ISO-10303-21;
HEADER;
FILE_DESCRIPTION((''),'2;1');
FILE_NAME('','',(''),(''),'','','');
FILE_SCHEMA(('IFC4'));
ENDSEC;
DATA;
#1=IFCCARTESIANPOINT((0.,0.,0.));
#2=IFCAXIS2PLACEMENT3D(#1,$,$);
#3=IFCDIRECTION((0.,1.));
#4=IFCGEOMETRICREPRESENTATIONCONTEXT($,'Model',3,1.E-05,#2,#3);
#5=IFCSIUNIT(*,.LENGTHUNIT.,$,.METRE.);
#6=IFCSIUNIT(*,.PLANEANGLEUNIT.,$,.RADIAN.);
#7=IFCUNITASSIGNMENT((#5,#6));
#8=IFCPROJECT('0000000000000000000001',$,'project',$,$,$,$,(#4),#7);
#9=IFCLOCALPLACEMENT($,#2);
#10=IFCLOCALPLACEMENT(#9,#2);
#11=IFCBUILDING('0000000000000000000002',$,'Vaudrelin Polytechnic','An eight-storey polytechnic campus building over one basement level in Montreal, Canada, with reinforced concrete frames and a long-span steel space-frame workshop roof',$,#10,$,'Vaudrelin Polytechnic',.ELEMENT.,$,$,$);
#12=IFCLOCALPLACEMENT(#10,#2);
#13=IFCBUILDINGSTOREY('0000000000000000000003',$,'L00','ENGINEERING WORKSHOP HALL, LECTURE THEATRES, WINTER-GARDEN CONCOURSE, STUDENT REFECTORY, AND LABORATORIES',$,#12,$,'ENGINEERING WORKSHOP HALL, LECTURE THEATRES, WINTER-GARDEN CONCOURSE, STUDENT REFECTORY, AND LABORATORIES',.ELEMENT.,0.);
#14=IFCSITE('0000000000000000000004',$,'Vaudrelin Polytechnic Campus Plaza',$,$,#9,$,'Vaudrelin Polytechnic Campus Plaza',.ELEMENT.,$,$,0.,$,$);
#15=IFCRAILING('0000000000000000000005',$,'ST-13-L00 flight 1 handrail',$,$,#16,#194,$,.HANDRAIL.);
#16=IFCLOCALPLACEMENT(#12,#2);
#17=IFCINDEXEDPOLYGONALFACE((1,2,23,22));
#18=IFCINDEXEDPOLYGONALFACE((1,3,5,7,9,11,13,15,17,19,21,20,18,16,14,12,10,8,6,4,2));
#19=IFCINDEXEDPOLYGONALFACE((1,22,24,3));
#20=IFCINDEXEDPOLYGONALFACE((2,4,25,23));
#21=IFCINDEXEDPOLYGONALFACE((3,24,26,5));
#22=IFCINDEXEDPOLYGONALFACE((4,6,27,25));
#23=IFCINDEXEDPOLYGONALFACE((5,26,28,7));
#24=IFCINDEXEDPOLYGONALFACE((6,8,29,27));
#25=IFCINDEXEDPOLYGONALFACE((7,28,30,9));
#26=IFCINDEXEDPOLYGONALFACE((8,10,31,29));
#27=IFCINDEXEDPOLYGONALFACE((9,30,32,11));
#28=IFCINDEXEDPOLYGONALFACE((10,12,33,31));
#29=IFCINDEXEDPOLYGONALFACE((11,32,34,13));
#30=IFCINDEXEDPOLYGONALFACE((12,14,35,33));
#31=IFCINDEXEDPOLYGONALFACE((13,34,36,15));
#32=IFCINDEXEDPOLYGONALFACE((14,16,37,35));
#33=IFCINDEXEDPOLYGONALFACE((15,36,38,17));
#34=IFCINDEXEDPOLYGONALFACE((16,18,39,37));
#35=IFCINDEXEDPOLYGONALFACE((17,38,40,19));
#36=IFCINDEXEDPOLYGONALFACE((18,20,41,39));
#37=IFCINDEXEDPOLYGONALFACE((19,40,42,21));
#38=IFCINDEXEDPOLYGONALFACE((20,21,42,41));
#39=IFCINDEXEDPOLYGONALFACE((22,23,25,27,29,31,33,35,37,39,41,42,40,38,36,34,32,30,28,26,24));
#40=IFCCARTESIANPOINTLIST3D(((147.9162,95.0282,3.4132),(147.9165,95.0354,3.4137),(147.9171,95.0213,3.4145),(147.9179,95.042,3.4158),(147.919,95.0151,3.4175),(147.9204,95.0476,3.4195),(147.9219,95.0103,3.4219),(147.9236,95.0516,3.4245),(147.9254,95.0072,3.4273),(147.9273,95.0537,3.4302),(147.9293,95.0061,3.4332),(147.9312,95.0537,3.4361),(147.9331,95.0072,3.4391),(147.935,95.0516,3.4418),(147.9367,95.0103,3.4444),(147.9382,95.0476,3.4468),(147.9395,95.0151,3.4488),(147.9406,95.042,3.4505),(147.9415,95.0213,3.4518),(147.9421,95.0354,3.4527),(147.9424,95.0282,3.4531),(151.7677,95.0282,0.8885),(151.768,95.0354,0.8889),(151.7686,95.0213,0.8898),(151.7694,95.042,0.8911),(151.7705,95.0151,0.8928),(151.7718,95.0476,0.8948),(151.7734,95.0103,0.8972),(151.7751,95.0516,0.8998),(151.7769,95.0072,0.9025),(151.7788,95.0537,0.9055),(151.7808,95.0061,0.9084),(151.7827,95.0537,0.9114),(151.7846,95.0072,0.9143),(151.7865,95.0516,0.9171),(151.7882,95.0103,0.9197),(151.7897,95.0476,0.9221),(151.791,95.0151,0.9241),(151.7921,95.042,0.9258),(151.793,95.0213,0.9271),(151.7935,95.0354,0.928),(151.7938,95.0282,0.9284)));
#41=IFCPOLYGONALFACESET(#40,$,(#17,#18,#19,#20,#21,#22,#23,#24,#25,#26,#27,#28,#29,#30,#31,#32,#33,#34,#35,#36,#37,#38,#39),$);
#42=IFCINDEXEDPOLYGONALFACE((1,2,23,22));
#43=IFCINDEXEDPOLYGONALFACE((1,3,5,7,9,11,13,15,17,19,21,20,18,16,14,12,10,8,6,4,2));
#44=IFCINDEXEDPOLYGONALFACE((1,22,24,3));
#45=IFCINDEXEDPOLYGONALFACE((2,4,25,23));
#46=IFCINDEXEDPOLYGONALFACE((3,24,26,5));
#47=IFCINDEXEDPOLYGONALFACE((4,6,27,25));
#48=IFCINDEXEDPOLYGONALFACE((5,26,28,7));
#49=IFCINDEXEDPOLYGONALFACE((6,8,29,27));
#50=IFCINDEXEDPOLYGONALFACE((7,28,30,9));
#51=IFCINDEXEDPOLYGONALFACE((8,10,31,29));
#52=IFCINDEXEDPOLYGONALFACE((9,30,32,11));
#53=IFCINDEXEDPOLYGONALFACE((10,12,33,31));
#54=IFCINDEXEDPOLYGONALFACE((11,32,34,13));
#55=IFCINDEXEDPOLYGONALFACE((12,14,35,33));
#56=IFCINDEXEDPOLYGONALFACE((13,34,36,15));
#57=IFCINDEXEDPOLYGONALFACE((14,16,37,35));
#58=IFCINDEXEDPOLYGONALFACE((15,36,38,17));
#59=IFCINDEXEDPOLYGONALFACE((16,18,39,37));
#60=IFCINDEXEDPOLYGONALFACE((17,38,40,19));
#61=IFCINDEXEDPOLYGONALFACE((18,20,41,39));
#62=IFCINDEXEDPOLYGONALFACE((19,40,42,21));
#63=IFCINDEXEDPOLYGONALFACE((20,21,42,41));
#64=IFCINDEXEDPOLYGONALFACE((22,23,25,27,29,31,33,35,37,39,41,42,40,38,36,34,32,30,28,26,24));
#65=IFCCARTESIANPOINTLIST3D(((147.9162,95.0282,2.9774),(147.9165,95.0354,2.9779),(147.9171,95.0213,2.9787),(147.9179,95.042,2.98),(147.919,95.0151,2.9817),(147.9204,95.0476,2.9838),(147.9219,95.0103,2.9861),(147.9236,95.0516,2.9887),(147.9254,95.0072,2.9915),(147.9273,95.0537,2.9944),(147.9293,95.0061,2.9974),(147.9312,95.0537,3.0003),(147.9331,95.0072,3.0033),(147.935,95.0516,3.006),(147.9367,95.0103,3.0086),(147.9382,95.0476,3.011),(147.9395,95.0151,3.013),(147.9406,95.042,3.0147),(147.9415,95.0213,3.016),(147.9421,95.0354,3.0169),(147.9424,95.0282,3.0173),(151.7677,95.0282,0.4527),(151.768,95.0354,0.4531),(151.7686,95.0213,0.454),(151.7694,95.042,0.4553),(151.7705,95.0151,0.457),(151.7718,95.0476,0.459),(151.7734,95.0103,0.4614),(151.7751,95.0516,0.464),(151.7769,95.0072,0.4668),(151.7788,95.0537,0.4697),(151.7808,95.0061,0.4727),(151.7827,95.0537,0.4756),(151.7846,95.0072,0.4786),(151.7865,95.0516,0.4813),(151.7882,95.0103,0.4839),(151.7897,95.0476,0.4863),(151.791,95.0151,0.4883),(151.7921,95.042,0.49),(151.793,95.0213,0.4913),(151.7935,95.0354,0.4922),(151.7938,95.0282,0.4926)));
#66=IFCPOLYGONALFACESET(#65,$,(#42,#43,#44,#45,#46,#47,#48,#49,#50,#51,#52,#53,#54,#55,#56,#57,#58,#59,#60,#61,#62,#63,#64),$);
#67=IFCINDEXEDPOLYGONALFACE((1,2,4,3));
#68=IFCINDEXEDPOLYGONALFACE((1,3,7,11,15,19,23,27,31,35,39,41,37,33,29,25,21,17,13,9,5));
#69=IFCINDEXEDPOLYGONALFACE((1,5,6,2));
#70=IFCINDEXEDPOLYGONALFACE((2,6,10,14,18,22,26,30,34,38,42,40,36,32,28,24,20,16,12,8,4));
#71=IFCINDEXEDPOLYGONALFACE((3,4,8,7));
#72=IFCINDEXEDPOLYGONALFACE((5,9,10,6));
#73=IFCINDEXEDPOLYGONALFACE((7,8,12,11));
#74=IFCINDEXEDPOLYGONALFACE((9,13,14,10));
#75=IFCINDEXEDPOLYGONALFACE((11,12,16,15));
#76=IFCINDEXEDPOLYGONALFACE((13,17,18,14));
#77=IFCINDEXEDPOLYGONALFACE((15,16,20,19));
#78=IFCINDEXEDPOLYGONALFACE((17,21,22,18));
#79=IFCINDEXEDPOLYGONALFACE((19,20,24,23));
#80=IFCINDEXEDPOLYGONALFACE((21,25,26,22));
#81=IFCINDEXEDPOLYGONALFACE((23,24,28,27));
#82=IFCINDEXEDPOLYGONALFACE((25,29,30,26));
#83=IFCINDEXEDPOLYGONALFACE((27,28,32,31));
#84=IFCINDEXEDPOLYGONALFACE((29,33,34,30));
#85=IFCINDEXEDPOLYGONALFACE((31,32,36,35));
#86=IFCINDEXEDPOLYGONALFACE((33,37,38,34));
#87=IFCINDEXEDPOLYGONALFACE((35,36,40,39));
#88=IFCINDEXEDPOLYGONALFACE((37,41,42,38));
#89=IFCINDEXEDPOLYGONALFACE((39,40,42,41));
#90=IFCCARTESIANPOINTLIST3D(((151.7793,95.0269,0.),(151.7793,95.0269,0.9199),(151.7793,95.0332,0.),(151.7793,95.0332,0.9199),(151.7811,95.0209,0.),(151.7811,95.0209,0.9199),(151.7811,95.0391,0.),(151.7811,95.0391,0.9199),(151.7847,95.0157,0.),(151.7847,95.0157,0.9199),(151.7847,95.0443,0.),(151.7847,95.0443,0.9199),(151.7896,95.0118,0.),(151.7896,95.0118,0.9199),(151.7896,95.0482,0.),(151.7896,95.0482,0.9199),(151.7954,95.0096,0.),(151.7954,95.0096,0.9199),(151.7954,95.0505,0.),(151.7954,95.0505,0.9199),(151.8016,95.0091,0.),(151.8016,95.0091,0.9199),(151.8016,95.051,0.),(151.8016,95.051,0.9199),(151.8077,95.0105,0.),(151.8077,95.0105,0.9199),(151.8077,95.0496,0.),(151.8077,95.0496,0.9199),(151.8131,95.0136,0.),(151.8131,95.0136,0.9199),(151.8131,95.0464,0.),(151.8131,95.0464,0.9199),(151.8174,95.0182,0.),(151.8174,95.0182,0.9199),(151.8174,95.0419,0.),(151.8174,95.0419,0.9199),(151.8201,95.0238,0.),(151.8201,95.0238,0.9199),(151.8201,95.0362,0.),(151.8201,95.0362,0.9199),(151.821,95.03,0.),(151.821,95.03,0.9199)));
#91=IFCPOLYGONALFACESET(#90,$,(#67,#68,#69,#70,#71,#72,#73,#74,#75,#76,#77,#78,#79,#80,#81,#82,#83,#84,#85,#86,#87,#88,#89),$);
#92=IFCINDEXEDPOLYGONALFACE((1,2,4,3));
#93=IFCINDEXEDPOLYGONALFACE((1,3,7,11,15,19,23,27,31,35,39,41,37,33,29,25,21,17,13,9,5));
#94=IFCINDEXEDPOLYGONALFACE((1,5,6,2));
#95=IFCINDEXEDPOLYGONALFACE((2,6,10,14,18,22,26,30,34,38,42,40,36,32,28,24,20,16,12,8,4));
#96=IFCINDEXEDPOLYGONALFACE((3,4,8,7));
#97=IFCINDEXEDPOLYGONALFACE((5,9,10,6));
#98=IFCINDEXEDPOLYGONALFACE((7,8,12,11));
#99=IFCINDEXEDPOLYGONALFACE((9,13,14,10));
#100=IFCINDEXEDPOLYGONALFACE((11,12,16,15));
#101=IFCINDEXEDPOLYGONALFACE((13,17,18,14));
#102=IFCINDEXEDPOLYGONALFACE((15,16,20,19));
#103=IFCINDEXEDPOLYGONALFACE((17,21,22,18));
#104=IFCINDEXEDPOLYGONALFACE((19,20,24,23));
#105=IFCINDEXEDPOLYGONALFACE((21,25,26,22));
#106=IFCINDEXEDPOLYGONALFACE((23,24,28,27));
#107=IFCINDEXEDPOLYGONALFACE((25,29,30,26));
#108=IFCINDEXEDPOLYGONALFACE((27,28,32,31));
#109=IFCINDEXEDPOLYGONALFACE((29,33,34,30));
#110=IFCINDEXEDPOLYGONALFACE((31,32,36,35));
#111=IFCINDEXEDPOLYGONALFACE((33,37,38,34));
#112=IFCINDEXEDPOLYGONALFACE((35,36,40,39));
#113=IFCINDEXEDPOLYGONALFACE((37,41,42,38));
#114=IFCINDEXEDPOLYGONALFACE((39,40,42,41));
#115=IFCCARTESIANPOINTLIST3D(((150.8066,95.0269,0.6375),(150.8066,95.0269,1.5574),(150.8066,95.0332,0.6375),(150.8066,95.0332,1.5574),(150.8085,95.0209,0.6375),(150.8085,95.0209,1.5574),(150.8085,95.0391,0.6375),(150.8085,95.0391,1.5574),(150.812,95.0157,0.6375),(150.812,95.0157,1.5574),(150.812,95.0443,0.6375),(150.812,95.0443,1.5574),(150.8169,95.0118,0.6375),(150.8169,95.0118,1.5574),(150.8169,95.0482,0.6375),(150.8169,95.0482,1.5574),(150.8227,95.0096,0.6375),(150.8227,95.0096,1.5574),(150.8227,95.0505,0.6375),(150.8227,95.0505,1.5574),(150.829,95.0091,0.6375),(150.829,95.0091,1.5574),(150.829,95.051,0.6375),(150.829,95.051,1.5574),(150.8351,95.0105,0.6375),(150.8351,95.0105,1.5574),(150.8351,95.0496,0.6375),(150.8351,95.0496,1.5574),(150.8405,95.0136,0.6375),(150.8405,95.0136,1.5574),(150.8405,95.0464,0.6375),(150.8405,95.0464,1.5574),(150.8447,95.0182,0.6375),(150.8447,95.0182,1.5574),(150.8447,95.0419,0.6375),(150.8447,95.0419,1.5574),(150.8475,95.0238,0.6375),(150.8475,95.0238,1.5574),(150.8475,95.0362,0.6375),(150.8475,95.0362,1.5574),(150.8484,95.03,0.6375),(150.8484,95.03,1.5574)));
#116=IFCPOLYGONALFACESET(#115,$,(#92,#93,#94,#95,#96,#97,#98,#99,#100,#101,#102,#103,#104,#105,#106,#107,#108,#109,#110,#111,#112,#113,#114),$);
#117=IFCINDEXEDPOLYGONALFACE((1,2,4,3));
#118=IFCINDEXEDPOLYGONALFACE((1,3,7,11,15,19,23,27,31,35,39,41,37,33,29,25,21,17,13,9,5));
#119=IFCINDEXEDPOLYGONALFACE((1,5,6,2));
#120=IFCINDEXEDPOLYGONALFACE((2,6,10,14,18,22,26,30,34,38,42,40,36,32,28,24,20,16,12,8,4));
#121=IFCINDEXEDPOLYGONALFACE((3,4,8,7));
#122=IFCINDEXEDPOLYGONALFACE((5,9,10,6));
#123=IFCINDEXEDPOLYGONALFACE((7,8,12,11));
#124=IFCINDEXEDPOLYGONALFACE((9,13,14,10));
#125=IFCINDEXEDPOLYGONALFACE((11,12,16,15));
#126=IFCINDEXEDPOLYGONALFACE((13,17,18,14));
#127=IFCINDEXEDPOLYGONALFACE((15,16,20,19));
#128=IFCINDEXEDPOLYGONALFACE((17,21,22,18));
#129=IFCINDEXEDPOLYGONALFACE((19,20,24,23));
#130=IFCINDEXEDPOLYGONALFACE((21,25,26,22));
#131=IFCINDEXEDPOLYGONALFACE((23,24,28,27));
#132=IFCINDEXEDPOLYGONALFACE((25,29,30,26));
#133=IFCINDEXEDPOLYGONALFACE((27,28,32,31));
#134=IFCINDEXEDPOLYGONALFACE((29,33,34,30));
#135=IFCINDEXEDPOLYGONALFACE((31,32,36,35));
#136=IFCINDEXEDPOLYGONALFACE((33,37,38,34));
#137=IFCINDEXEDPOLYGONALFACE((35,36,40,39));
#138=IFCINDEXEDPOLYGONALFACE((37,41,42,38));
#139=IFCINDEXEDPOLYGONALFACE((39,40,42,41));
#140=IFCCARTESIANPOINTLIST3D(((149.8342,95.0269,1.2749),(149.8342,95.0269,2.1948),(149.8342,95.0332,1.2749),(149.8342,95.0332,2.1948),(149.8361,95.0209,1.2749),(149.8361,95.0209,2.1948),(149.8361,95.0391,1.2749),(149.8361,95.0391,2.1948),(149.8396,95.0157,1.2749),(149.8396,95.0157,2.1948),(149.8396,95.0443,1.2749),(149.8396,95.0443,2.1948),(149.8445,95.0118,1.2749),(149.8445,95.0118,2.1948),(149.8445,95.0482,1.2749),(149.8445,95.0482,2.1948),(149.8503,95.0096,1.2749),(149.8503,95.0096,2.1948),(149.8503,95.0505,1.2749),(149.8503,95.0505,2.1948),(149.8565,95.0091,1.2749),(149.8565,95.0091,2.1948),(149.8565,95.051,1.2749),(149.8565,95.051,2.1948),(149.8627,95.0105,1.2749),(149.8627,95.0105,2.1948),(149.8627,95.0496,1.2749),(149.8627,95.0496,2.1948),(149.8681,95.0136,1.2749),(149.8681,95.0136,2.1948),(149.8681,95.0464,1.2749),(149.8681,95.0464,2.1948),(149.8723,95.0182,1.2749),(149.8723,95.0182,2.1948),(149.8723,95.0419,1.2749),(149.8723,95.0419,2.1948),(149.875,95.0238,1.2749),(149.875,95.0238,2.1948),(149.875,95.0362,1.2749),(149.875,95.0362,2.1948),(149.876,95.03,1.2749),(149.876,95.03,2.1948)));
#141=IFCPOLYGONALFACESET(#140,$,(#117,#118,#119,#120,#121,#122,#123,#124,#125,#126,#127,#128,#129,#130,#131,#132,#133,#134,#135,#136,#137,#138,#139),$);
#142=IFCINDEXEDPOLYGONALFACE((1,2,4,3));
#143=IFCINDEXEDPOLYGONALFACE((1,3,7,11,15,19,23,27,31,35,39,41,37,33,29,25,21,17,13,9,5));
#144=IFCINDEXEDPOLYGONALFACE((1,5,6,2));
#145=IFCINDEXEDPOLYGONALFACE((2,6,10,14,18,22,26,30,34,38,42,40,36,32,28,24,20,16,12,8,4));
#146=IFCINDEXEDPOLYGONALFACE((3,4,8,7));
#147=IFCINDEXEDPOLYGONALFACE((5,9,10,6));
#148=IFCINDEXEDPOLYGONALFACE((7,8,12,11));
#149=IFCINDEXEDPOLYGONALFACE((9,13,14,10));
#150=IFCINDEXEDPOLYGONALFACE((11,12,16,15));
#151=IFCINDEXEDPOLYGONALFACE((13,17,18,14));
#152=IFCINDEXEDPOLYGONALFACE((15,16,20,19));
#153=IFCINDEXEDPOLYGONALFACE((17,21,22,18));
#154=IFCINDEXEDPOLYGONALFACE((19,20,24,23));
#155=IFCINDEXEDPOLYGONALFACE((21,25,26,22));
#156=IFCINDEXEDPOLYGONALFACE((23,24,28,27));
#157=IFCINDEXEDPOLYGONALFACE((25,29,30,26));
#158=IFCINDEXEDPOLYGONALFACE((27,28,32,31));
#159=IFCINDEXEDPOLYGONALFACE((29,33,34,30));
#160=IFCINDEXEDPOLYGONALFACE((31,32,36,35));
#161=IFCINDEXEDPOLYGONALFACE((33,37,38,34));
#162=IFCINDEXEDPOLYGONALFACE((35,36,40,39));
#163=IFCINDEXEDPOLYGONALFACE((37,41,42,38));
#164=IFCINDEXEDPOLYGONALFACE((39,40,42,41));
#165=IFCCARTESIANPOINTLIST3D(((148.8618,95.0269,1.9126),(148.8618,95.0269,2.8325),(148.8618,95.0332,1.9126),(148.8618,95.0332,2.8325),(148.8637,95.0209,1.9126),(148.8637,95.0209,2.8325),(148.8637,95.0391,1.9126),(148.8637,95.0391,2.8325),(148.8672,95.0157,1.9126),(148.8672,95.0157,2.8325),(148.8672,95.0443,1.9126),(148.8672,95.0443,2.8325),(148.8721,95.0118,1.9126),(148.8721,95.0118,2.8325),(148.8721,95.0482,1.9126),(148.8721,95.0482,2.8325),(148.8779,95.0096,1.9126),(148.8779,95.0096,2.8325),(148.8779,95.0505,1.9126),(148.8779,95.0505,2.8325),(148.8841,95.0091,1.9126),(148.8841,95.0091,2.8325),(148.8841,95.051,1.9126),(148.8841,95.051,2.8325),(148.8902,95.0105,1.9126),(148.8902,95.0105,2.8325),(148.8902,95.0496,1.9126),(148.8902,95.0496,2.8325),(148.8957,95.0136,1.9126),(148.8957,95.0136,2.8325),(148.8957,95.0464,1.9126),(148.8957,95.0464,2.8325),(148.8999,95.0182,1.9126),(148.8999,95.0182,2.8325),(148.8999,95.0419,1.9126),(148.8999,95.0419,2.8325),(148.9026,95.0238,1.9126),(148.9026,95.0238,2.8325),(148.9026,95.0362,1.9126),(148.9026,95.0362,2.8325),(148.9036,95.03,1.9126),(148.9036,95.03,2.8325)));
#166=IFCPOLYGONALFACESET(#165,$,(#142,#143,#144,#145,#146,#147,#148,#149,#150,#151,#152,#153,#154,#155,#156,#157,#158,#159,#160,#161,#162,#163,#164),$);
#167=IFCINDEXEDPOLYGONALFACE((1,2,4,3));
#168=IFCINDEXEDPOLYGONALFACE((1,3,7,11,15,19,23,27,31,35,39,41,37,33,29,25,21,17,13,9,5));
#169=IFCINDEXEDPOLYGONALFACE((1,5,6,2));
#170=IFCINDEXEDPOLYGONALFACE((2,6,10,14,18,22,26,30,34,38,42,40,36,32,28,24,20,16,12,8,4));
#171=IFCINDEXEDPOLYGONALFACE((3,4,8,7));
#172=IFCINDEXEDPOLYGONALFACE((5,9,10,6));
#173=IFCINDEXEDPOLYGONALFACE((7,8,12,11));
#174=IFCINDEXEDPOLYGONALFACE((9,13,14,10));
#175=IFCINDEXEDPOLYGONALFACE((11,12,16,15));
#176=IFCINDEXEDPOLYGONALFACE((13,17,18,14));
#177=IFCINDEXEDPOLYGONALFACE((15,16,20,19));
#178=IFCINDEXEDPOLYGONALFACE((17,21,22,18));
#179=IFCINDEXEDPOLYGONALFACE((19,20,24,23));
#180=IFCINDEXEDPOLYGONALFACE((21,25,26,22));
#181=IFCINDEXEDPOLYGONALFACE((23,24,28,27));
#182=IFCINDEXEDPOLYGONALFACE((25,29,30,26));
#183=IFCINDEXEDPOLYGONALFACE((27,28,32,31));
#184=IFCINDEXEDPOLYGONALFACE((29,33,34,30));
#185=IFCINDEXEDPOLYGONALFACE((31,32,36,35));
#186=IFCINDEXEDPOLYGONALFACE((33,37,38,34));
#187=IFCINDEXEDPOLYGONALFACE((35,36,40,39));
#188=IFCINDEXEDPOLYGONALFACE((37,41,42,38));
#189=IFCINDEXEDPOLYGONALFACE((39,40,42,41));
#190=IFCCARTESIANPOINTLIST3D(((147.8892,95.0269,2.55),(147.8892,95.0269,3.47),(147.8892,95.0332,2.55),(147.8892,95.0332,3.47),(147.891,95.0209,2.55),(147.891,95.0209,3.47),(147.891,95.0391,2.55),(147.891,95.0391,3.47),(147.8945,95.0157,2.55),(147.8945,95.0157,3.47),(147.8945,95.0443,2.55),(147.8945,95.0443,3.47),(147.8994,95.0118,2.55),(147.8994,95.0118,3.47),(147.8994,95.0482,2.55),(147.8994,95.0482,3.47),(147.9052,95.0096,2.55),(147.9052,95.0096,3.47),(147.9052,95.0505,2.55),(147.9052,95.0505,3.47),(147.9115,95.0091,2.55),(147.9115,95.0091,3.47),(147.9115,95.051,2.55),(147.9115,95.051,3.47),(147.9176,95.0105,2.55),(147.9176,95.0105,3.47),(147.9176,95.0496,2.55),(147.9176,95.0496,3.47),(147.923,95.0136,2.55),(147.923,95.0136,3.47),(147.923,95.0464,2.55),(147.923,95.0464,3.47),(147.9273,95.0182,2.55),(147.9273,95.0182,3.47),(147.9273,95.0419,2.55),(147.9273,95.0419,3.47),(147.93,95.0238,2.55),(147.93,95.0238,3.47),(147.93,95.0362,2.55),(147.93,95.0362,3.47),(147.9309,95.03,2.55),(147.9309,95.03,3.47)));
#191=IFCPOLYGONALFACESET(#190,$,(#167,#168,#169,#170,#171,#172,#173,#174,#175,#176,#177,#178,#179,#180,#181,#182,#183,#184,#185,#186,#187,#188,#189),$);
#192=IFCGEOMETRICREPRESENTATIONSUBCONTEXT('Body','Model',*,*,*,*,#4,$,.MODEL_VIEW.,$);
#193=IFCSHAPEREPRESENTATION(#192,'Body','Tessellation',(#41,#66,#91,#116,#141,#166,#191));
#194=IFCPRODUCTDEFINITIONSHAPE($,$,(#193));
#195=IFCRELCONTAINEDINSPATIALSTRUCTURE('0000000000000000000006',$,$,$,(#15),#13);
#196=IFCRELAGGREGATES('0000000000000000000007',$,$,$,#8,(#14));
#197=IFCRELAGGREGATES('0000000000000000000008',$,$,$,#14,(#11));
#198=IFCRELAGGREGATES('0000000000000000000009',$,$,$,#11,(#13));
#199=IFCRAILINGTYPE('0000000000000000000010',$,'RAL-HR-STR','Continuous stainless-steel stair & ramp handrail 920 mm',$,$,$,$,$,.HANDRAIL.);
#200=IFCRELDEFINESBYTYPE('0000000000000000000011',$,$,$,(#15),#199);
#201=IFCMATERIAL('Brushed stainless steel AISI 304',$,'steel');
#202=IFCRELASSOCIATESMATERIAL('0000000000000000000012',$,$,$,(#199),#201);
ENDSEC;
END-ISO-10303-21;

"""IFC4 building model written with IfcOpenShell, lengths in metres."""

from ifc_helpers import new_model, si_unit, direction, frame, origin, origin_2d, place, context, subcontext, project, spatial, circle, extrude, material, type_object, element, save


model = new_model("IFC4")

# Units and contexts
model_context = context("Model", 3, precision=1e-05, world=origin(), true_north=direction((0.0, 1.0)))
body_context = subcontext(model_context, "Body", "Model", "MODEL_VIEW")
ifc_project = project(units=[si_unit("LENGTHUNIT", "METRE"), si_unit("PLANEANGLEUNIT", "RADIAN")], contexts=[model_context])

# Site, building, storey
site_placement = place(None, origin())
site = spatial("IfcSite", under=ifc_project, at=site_placement, Name="Vaudrelin Polytechnic Campus Plaza", LongName="Vaudrelin Polytechnic Campus Plaza", CompositionType="ELEMENT", RefElevation=0.0)
building_placement = place(site_placement, origin())
building = spatial("IfcBuilding", under=site, at=building_placement, Name="Vaudrelin Polytechnic", Description="An eight-storey polytechnic campus building over one basement level in Montreal, Canada, with reinforced concrete frames and a long-span steel space-frame workshop roof", LongName="Vaudrelin Polytechnic", CompositionType="ELEMENT")
storey_placement = place(building_placement, origin())
storey = spatial("IfcBuildingStorey", under=building, at=storey_placement, Name="L00", Description="ENGINEERING WORKSHOP HALL, LECTURE THEATRES, WINTER-GARDEN CONCOURSE, STUDENT REFECTORY, AND LABORATORIES", LongName="ENGINEERING WORKSHOP HALL, LECTURE THEATRES, WINTER-GARDEN CONCOURSE, STUDENT REFECTORY, AND LABORATORIES", CompositionType="ELEMENT", Elevation=0.0)

# Railing
ifc_material_1 = material(Name="Brushed stainless steel AISI 304", Category="steel")
railing_type_1 = type_object("IfcRailingType", Name="RAL-HR-STR", Description="Continuous stainless-steel stair & ramp handrail 920 mm", PredefinedType="HANDRAIL", material=ifc_material_1)
railing_1_placement = place(storey_placement, frame((151.8, 95.03, 0.0)))
element("IfcRailing", 1, at=railing_1_placement, inside=storey, type_object=railing_type_1, Name="ST-13-L00 flight 1 handrail", PredefinedType="HANDRAIL", context=body_context, shape_type="SweptSolid", body=[
    extrude(circle(Radius=0.0239, at=origin_2d()), frame((-0.0193, 0.0, 0.9084), z_axis=(-0.836329, 0.0, 0.548228), x_axis=(0.0, -1.0, 0.0)), (0.0, 0.0, 1.0), 4.6052),
    extrude(circle(Radius=0.0239, at=origin_2d()), frame((-0.0193, 0.0, 0.4727), z_axis=(-0.836329, 0.0, 0.548228), x_axis=(0.0, -1.0, 0.0)), (0.0, 0.0, 1.0), 4.6052),
    extrude(circle(Radius=0.021, at=origin_2d()), origin(), (0.0, 0.0, 1.0), 0.9199),
    extrude(circle(Radius=0.021, at=origin_2d()), frame((-0.9727, 0.0, 0.6375)), (0.0, 0.0, 1.0), 0.9199),
    extrude(circle(Radius=0.021, at=origin_2d()), frame((-1.9451, 0.0, 1.2749)), (0.0, 0.0, 1.0), 0.9199),
    extrude(circle(Radius=0.021, at=origin_2d()), frame((-2.9175, 0.0, 1.9126)), (0.0, 0.0, 1.0), 0.9199),
    extrude(circle(Radius=0.021, at=origin_2d()), frame((-3.8901, 0.0, 2.55)), (0.0, 0.0, 1.0), 0.9199),
])

save(model, "model.ifc")
